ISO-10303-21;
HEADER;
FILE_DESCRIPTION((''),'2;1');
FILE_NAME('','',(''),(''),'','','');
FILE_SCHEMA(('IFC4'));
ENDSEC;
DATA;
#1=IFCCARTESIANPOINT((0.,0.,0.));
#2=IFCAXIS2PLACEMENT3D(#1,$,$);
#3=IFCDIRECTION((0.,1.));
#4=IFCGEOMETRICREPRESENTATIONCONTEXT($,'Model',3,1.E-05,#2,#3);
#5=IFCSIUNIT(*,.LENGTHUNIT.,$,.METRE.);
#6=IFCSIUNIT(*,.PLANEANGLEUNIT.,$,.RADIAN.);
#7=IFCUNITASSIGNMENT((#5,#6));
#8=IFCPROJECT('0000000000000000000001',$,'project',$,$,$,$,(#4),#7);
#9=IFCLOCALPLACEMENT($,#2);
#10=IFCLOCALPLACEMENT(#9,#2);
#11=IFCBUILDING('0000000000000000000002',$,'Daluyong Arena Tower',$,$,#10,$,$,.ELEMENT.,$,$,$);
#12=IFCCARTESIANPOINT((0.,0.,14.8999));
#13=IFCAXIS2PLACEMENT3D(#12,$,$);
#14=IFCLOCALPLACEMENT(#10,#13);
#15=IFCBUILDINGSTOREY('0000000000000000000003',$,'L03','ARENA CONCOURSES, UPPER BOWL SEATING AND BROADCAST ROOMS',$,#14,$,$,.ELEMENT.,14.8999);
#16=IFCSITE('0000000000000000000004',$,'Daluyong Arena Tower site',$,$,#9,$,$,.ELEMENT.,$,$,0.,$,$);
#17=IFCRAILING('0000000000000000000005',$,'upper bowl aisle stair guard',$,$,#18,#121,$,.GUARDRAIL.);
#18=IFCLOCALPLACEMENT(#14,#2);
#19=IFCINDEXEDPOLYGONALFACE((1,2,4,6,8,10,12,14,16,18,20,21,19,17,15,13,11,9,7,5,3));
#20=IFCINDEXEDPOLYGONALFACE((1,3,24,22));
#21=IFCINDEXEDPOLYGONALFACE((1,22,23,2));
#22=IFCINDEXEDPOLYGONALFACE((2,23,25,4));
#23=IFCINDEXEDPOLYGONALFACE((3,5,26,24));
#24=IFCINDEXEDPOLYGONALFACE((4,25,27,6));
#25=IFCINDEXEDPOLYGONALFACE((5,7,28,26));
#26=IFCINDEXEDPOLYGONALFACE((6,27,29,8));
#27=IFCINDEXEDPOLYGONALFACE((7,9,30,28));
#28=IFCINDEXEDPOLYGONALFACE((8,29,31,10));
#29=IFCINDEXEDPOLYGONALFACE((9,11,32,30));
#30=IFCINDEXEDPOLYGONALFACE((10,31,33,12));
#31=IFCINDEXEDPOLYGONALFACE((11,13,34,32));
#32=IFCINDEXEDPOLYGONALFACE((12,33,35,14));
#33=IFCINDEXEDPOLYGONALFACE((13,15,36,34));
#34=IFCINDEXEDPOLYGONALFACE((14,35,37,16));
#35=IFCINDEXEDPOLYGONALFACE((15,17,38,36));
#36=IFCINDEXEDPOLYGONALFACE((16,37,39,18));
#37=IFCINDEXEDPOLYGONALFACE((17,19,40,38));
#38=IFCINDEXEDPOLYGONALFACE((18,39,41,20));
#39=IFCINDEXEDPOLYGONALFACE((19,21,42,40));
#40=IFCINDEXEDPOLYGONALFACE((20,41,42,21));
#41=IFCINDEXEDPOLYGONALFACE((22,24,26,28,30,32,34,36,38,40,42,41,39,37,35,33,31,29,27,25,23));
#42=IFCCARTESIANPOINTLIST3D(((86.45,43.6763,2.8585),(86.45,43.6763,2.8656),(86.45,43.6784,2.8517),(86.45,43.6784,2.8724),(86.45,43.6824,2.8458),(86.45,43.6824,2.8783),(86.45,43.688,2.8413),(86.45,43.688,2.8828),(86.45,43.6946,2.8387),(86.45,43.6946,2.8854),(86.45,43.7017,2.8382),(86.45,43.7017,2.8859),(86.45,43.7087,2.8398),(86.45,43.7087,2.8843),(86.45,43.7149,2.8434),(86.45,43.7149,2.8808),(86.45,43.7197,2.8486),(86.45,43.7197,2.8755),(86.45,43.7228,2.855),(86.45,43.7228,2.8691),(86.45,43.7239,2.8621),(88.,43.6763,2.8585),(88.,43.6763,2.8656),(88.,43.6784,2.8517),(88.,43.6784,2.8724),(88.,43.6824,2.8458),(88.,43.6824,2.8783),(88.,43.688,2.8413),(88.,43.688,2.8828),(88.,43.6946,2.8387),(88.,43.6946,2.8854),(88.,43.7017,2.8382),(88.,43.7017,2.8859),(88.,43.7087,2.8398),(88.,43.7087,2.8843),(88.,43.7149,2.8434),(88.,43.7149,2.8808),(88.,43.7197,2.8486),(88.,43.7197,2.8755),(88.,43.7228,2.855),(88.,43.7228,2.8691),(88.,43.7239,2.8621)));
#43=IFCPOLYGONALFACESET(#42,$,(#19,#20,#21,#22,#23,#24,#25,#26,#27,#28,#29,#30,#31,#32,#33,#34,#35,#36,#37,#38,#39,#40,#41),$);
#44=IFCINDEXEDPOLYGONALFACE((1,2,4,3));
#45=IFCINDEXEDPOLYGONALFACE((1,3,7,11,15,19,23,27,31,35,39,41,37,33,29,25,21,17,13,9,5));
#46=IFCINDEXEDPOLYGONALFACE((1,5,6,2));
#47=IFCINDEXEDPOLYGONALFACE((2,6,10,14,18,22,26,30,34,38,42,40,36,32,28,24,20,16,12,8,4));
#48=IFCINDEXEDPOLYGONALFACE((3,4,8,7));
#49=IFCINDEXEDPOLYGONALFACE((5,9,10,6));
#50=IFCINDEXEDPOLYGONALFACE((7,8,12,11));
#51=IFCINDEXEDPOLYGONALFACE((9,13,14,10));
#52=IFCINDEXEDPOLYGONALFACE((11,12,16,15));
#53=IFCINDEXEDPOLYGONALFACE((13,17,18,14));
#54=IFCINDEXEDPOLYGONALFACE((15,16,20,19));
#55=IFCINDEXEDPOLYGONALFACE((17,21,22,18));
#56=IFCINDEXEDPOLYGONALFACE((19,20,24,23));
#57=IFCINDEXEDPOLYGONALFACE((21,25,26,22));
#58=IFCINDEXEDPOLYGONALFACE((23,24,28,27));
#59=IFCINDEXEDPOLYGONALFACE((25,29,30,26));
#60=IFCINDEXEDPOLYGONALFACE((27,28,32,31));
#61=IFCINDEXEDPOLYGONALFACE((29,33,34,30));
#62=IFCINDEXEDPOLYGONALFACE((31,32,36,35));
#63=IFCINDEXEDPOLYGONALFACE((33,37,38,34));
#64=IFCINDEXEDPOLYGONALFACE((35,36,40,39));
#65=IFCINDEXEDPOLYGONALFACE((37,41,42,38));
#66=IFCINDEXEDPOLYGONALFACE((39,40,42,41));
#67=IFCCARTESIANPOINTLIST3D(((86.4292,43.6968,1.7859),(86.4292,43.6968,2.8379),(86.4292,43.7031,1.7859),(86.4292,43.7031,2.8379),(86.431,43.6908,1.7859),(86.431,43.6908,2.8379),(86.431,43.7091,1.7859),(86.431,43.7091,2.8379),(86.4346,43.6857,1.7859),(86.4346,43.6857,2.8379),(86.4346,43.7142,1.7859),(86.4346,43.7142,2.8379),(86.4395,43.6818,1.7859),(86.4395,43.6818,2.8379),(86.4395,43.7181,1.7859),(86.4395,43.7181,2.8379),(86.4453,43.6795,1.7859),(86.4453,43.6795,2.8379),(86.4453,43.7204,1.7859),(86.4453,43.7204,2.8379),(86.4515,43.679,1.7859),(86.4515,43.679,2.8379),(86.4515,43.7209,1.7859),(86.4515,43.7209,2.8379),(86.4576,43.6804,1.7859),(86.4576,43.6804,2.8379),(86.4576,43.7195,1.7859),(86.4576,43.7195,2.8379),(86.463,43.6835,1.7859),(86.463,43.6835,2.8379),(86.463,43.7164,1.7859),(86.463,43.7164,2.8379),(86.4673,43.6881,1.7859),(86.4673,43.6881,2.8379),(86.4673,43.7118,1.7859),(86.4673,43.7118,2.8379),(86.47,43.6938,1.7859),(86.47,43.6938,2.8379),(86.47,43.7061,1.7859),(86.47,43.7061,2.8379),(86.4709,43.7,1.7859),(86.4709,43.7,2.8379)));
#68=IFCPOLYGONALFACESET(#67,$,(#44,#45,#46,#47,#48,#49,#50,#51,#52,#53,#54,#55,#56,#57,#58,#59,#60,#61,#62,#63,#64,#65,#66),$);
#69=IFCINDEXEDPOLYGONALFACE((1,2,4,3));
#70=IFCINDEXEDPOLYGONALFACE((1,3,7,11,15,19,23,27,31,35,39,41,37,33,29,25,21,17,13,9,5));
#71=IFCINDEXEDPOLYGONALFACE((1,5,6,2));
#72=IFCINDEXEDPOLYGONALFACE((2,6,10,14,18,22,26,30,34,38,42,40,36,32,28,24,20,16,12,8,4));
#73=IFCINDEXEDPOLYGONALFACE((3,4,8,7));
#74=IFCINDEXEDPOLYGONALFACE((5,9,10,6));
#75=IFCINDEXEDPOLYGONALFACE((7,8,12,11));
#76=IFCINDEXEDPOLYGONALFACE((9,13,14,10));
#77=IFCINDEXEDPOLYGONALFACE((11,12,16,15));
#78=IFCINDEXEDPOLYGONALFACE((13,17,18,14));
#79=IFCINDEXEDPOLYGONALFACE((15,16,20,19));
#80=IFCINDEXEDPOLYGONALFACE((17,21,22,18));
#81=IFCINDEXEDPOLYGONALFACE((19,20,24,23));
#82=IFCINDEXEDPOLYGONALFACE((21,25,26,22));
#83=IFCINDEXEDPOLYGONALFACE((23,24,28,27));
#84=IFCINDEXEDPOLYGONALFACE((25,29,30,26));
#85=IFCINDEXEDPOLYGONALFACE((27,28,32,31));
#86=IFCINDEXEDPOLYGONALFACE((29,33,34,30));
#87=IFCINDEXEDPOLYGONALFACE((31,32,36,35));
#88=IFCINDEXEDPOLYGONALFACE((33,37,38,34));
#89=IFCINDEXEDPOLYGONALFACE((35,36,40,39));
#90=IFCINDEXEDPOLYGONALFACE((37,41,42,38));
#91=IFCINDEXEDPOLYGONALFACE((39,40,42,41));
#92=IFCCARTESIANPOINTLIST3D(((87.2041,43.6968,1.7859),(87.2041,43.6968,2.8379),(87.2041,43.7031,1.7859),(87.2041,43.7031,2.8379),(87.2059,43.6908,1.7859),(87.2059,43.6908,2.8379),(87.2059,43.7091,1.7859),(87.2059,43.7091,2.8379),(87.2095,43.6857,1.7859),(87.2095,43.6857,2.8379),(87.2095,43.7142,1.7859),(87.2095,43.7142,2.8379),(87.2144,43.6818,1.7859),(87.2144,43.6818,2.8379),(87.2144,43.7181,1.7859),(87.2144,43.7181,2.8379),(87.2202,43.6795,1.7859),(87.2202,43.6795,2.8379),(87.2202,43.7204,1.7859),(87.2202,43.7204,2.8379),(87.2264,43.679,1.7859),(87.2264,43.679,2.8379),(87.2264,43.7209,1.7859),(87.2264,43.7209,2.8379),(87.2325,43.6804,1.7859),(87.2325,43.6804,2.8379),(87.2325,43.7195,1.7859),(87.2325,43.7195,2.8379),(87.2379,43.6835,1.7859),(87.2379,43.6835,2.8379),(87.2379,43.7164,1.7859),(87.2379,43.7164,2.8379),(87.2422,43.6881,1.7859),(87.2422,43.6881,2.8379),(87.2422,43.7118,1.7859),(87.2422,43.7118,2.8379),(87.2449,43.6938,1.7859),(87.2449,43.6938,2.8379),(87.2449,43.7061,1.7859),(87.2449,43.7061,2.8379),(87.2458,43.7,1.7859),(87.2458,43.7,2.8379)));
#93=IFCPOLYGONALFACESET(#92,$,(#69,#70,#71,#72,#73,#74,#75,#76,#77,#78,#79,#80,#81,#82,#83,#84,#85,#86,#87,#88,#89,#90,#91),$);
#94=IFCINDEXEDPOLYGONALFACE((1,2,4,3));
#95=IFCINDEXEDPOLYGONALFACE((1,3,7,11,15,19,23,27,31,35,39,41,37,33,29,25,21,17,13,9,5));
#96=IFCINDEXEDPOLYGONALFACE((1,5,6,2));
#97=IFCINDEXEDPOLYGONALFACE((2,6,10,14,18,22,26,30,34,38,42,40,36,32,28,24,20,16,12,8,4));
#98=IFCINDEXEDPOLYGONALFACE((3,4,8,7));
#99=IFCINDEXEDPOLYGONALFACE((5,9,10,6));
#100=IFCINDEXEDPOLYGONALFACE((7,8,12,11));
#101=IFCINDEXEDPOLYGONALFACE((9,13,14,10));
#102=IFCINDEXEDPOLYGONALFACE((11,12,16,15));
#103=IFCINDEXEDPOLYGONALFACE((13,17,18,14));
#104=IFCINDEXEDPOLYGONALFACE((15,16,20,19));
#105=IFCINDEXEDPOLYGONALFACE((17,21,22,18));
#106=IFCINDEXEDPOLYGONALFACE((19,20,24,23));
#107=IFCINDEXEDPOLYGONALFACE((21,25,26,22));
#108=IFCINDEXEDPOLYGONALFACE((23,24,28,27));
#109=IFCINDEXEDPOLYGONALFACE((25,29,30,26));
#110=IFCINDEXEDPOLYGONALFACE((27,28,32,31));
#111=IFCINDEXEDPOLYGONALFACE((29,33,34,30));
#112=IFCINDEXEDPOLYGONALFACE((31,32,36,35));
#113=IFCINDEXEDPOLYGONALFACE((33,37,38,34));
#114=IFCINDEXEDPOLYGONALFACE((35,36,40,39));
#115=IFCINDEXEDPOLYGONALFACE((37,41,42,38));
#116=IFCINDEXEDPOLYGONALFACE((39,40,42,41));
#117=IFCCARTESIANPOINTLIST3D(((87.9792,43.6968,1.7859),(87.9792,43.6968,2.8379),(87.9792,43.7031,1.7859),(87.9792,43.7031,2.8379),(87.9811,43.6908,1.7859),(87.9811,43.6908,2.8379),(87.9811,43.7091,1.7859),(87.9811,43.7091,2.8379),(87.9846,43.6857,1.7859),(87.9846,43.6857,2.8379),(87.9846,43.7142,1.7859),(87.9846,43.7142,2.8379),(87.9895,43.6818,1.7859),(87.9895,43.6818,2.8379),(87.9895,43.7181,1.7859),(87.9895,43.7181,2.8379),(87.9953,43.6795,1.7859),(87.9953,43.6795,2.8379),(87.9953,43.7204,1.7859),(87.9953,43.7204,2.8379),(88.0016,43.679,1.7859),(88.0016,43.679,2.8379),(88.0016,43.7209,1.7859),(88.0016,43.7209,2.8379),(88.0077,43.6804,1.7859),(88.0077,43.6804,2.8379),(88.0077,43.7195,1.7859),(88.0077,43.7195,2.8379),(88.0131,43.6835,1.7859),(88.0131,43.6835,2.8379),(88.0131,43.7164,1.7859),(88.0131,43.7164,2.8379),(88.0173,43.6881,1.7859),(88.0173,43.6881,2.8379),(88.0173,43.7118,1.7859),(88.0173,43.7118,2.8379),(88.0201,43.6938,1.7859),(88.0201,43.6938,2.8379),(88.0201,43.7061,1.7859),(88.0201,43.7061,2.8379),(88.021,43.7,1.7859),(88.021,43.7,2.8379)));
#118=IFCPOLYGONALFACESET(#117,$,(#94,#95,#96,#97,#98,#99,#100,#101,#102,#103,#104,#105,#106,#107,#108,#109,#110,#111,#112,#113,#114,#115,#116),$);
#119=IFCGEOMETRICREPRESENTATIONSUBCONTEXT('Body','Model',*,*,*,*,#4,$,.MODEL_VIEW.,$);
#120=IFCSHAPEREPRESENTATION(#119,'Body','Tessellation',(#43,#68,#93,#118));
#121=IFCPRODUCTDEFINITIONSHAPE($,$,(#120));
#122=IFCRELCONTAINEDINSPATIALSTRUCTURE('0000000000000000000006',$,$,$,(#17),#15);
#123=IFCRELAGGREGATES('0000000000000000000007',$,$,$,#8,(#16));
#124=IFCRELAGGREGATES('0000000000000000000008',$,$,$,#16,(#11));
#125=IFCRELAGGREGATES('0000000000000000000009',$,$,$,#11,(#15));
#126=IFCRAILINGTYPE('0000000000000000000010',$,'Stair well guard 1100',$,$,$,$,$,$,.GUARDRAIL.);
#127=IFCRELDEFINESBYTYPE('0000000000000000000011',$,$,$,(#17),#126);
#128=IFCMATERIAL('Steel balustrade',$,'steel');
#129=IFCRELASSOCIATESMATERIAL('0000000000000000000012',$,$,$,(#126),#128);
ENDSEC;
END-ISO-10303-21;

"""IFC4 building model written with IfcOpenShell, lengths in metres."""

from ifc_helpers import new_model, si_unit, direction, frame, origin, origin_2d, place, context, subcontext, project, spatial, circle, extrude, material, type_object, element, save


model = new_model("IFC4")

# Units and contexts
model_context = context("Model", 3, precision=1e-05, world=origin(), true_north=direction((0.0, 1.0)))
body_context = subcontext(model_context, "Body", "Model", "MODEL_VIEW")
ifc_project = project(units=[si_unit("LENGTHUNIT", "METRE"), si_unit("PLANEANGLEUNIT", "RADIAN")], contexts=[model_context])

# Site, building, storey
site_placement = place(None, origin())
site = spatial("IfcSite", under=ifc_project, at=site_placement, Name="Daluyong Arena Tower site", CompositionType="ELEMENT", RefElevation=0.0)
building_placement = place(site_placement, origin())
building = spatial("IfcBuilding", under=site, at=building_placement, Name="Daluyong Arena Tower", CompositionType="ELEMENT")
storey_placement = place(building_placement, frame((0.0, 0.0, 14.8999)))
storey = spatial("IfcBuildingStorey", under=building, at=storey_placement, Name="L03", Description="ARENA CONCOURSES, UPPER BOWL SEATING AND BROADCAST ROOMS", CompositionType="ELEMENT", Elevation=14.8999)

# Railing
ifc_material_1 = material(Name="Steel balustrade", Category="steel")
railing_type_1 = type_object("IfcRailingType", Name="Stair well guard 1100", PredefinedType="GUARDRAIL", material=ifc_material_1)
railing_1_placement = place(storey_placement, frame((86.45, 43.7, 1.7859)))
element("IfcRailing", 1, at=railing_1_placement, inside=storey, type_object=railing_type_1, Name="upper bowl aisle stair guard", PredefinedType="GUARDRAIL", context=body_context, shape_type="SweptSolid", body=[
    extrude(circle(Radius=0.0239, at=origin_2d()), frame((0.0, 0.0, 1.0762), z_axis=(1.0, 0.0, 0.0), x_axis=(0.0, 1.0, 0.0)), (0.0, 0.0, 1.0), 1.55),
    extrude(circle(Radius=0.021, at=origin_2d()), origin(), (0.0, 0.0, 1.0), 1.052),
    extrude(circle(Radius=0.021, at=origin_2d()), frame((0.7749, 0.0, 0.0)), (0.0, 0.0, 1.0), 1.052),
    extrude(circle(Radius=0.021, at=origin_2d()), frame((1.55, 0.0, 0.0)), (0.0, 0.0, 1.0), 1.052),
])

save(model, "model.ifc")
